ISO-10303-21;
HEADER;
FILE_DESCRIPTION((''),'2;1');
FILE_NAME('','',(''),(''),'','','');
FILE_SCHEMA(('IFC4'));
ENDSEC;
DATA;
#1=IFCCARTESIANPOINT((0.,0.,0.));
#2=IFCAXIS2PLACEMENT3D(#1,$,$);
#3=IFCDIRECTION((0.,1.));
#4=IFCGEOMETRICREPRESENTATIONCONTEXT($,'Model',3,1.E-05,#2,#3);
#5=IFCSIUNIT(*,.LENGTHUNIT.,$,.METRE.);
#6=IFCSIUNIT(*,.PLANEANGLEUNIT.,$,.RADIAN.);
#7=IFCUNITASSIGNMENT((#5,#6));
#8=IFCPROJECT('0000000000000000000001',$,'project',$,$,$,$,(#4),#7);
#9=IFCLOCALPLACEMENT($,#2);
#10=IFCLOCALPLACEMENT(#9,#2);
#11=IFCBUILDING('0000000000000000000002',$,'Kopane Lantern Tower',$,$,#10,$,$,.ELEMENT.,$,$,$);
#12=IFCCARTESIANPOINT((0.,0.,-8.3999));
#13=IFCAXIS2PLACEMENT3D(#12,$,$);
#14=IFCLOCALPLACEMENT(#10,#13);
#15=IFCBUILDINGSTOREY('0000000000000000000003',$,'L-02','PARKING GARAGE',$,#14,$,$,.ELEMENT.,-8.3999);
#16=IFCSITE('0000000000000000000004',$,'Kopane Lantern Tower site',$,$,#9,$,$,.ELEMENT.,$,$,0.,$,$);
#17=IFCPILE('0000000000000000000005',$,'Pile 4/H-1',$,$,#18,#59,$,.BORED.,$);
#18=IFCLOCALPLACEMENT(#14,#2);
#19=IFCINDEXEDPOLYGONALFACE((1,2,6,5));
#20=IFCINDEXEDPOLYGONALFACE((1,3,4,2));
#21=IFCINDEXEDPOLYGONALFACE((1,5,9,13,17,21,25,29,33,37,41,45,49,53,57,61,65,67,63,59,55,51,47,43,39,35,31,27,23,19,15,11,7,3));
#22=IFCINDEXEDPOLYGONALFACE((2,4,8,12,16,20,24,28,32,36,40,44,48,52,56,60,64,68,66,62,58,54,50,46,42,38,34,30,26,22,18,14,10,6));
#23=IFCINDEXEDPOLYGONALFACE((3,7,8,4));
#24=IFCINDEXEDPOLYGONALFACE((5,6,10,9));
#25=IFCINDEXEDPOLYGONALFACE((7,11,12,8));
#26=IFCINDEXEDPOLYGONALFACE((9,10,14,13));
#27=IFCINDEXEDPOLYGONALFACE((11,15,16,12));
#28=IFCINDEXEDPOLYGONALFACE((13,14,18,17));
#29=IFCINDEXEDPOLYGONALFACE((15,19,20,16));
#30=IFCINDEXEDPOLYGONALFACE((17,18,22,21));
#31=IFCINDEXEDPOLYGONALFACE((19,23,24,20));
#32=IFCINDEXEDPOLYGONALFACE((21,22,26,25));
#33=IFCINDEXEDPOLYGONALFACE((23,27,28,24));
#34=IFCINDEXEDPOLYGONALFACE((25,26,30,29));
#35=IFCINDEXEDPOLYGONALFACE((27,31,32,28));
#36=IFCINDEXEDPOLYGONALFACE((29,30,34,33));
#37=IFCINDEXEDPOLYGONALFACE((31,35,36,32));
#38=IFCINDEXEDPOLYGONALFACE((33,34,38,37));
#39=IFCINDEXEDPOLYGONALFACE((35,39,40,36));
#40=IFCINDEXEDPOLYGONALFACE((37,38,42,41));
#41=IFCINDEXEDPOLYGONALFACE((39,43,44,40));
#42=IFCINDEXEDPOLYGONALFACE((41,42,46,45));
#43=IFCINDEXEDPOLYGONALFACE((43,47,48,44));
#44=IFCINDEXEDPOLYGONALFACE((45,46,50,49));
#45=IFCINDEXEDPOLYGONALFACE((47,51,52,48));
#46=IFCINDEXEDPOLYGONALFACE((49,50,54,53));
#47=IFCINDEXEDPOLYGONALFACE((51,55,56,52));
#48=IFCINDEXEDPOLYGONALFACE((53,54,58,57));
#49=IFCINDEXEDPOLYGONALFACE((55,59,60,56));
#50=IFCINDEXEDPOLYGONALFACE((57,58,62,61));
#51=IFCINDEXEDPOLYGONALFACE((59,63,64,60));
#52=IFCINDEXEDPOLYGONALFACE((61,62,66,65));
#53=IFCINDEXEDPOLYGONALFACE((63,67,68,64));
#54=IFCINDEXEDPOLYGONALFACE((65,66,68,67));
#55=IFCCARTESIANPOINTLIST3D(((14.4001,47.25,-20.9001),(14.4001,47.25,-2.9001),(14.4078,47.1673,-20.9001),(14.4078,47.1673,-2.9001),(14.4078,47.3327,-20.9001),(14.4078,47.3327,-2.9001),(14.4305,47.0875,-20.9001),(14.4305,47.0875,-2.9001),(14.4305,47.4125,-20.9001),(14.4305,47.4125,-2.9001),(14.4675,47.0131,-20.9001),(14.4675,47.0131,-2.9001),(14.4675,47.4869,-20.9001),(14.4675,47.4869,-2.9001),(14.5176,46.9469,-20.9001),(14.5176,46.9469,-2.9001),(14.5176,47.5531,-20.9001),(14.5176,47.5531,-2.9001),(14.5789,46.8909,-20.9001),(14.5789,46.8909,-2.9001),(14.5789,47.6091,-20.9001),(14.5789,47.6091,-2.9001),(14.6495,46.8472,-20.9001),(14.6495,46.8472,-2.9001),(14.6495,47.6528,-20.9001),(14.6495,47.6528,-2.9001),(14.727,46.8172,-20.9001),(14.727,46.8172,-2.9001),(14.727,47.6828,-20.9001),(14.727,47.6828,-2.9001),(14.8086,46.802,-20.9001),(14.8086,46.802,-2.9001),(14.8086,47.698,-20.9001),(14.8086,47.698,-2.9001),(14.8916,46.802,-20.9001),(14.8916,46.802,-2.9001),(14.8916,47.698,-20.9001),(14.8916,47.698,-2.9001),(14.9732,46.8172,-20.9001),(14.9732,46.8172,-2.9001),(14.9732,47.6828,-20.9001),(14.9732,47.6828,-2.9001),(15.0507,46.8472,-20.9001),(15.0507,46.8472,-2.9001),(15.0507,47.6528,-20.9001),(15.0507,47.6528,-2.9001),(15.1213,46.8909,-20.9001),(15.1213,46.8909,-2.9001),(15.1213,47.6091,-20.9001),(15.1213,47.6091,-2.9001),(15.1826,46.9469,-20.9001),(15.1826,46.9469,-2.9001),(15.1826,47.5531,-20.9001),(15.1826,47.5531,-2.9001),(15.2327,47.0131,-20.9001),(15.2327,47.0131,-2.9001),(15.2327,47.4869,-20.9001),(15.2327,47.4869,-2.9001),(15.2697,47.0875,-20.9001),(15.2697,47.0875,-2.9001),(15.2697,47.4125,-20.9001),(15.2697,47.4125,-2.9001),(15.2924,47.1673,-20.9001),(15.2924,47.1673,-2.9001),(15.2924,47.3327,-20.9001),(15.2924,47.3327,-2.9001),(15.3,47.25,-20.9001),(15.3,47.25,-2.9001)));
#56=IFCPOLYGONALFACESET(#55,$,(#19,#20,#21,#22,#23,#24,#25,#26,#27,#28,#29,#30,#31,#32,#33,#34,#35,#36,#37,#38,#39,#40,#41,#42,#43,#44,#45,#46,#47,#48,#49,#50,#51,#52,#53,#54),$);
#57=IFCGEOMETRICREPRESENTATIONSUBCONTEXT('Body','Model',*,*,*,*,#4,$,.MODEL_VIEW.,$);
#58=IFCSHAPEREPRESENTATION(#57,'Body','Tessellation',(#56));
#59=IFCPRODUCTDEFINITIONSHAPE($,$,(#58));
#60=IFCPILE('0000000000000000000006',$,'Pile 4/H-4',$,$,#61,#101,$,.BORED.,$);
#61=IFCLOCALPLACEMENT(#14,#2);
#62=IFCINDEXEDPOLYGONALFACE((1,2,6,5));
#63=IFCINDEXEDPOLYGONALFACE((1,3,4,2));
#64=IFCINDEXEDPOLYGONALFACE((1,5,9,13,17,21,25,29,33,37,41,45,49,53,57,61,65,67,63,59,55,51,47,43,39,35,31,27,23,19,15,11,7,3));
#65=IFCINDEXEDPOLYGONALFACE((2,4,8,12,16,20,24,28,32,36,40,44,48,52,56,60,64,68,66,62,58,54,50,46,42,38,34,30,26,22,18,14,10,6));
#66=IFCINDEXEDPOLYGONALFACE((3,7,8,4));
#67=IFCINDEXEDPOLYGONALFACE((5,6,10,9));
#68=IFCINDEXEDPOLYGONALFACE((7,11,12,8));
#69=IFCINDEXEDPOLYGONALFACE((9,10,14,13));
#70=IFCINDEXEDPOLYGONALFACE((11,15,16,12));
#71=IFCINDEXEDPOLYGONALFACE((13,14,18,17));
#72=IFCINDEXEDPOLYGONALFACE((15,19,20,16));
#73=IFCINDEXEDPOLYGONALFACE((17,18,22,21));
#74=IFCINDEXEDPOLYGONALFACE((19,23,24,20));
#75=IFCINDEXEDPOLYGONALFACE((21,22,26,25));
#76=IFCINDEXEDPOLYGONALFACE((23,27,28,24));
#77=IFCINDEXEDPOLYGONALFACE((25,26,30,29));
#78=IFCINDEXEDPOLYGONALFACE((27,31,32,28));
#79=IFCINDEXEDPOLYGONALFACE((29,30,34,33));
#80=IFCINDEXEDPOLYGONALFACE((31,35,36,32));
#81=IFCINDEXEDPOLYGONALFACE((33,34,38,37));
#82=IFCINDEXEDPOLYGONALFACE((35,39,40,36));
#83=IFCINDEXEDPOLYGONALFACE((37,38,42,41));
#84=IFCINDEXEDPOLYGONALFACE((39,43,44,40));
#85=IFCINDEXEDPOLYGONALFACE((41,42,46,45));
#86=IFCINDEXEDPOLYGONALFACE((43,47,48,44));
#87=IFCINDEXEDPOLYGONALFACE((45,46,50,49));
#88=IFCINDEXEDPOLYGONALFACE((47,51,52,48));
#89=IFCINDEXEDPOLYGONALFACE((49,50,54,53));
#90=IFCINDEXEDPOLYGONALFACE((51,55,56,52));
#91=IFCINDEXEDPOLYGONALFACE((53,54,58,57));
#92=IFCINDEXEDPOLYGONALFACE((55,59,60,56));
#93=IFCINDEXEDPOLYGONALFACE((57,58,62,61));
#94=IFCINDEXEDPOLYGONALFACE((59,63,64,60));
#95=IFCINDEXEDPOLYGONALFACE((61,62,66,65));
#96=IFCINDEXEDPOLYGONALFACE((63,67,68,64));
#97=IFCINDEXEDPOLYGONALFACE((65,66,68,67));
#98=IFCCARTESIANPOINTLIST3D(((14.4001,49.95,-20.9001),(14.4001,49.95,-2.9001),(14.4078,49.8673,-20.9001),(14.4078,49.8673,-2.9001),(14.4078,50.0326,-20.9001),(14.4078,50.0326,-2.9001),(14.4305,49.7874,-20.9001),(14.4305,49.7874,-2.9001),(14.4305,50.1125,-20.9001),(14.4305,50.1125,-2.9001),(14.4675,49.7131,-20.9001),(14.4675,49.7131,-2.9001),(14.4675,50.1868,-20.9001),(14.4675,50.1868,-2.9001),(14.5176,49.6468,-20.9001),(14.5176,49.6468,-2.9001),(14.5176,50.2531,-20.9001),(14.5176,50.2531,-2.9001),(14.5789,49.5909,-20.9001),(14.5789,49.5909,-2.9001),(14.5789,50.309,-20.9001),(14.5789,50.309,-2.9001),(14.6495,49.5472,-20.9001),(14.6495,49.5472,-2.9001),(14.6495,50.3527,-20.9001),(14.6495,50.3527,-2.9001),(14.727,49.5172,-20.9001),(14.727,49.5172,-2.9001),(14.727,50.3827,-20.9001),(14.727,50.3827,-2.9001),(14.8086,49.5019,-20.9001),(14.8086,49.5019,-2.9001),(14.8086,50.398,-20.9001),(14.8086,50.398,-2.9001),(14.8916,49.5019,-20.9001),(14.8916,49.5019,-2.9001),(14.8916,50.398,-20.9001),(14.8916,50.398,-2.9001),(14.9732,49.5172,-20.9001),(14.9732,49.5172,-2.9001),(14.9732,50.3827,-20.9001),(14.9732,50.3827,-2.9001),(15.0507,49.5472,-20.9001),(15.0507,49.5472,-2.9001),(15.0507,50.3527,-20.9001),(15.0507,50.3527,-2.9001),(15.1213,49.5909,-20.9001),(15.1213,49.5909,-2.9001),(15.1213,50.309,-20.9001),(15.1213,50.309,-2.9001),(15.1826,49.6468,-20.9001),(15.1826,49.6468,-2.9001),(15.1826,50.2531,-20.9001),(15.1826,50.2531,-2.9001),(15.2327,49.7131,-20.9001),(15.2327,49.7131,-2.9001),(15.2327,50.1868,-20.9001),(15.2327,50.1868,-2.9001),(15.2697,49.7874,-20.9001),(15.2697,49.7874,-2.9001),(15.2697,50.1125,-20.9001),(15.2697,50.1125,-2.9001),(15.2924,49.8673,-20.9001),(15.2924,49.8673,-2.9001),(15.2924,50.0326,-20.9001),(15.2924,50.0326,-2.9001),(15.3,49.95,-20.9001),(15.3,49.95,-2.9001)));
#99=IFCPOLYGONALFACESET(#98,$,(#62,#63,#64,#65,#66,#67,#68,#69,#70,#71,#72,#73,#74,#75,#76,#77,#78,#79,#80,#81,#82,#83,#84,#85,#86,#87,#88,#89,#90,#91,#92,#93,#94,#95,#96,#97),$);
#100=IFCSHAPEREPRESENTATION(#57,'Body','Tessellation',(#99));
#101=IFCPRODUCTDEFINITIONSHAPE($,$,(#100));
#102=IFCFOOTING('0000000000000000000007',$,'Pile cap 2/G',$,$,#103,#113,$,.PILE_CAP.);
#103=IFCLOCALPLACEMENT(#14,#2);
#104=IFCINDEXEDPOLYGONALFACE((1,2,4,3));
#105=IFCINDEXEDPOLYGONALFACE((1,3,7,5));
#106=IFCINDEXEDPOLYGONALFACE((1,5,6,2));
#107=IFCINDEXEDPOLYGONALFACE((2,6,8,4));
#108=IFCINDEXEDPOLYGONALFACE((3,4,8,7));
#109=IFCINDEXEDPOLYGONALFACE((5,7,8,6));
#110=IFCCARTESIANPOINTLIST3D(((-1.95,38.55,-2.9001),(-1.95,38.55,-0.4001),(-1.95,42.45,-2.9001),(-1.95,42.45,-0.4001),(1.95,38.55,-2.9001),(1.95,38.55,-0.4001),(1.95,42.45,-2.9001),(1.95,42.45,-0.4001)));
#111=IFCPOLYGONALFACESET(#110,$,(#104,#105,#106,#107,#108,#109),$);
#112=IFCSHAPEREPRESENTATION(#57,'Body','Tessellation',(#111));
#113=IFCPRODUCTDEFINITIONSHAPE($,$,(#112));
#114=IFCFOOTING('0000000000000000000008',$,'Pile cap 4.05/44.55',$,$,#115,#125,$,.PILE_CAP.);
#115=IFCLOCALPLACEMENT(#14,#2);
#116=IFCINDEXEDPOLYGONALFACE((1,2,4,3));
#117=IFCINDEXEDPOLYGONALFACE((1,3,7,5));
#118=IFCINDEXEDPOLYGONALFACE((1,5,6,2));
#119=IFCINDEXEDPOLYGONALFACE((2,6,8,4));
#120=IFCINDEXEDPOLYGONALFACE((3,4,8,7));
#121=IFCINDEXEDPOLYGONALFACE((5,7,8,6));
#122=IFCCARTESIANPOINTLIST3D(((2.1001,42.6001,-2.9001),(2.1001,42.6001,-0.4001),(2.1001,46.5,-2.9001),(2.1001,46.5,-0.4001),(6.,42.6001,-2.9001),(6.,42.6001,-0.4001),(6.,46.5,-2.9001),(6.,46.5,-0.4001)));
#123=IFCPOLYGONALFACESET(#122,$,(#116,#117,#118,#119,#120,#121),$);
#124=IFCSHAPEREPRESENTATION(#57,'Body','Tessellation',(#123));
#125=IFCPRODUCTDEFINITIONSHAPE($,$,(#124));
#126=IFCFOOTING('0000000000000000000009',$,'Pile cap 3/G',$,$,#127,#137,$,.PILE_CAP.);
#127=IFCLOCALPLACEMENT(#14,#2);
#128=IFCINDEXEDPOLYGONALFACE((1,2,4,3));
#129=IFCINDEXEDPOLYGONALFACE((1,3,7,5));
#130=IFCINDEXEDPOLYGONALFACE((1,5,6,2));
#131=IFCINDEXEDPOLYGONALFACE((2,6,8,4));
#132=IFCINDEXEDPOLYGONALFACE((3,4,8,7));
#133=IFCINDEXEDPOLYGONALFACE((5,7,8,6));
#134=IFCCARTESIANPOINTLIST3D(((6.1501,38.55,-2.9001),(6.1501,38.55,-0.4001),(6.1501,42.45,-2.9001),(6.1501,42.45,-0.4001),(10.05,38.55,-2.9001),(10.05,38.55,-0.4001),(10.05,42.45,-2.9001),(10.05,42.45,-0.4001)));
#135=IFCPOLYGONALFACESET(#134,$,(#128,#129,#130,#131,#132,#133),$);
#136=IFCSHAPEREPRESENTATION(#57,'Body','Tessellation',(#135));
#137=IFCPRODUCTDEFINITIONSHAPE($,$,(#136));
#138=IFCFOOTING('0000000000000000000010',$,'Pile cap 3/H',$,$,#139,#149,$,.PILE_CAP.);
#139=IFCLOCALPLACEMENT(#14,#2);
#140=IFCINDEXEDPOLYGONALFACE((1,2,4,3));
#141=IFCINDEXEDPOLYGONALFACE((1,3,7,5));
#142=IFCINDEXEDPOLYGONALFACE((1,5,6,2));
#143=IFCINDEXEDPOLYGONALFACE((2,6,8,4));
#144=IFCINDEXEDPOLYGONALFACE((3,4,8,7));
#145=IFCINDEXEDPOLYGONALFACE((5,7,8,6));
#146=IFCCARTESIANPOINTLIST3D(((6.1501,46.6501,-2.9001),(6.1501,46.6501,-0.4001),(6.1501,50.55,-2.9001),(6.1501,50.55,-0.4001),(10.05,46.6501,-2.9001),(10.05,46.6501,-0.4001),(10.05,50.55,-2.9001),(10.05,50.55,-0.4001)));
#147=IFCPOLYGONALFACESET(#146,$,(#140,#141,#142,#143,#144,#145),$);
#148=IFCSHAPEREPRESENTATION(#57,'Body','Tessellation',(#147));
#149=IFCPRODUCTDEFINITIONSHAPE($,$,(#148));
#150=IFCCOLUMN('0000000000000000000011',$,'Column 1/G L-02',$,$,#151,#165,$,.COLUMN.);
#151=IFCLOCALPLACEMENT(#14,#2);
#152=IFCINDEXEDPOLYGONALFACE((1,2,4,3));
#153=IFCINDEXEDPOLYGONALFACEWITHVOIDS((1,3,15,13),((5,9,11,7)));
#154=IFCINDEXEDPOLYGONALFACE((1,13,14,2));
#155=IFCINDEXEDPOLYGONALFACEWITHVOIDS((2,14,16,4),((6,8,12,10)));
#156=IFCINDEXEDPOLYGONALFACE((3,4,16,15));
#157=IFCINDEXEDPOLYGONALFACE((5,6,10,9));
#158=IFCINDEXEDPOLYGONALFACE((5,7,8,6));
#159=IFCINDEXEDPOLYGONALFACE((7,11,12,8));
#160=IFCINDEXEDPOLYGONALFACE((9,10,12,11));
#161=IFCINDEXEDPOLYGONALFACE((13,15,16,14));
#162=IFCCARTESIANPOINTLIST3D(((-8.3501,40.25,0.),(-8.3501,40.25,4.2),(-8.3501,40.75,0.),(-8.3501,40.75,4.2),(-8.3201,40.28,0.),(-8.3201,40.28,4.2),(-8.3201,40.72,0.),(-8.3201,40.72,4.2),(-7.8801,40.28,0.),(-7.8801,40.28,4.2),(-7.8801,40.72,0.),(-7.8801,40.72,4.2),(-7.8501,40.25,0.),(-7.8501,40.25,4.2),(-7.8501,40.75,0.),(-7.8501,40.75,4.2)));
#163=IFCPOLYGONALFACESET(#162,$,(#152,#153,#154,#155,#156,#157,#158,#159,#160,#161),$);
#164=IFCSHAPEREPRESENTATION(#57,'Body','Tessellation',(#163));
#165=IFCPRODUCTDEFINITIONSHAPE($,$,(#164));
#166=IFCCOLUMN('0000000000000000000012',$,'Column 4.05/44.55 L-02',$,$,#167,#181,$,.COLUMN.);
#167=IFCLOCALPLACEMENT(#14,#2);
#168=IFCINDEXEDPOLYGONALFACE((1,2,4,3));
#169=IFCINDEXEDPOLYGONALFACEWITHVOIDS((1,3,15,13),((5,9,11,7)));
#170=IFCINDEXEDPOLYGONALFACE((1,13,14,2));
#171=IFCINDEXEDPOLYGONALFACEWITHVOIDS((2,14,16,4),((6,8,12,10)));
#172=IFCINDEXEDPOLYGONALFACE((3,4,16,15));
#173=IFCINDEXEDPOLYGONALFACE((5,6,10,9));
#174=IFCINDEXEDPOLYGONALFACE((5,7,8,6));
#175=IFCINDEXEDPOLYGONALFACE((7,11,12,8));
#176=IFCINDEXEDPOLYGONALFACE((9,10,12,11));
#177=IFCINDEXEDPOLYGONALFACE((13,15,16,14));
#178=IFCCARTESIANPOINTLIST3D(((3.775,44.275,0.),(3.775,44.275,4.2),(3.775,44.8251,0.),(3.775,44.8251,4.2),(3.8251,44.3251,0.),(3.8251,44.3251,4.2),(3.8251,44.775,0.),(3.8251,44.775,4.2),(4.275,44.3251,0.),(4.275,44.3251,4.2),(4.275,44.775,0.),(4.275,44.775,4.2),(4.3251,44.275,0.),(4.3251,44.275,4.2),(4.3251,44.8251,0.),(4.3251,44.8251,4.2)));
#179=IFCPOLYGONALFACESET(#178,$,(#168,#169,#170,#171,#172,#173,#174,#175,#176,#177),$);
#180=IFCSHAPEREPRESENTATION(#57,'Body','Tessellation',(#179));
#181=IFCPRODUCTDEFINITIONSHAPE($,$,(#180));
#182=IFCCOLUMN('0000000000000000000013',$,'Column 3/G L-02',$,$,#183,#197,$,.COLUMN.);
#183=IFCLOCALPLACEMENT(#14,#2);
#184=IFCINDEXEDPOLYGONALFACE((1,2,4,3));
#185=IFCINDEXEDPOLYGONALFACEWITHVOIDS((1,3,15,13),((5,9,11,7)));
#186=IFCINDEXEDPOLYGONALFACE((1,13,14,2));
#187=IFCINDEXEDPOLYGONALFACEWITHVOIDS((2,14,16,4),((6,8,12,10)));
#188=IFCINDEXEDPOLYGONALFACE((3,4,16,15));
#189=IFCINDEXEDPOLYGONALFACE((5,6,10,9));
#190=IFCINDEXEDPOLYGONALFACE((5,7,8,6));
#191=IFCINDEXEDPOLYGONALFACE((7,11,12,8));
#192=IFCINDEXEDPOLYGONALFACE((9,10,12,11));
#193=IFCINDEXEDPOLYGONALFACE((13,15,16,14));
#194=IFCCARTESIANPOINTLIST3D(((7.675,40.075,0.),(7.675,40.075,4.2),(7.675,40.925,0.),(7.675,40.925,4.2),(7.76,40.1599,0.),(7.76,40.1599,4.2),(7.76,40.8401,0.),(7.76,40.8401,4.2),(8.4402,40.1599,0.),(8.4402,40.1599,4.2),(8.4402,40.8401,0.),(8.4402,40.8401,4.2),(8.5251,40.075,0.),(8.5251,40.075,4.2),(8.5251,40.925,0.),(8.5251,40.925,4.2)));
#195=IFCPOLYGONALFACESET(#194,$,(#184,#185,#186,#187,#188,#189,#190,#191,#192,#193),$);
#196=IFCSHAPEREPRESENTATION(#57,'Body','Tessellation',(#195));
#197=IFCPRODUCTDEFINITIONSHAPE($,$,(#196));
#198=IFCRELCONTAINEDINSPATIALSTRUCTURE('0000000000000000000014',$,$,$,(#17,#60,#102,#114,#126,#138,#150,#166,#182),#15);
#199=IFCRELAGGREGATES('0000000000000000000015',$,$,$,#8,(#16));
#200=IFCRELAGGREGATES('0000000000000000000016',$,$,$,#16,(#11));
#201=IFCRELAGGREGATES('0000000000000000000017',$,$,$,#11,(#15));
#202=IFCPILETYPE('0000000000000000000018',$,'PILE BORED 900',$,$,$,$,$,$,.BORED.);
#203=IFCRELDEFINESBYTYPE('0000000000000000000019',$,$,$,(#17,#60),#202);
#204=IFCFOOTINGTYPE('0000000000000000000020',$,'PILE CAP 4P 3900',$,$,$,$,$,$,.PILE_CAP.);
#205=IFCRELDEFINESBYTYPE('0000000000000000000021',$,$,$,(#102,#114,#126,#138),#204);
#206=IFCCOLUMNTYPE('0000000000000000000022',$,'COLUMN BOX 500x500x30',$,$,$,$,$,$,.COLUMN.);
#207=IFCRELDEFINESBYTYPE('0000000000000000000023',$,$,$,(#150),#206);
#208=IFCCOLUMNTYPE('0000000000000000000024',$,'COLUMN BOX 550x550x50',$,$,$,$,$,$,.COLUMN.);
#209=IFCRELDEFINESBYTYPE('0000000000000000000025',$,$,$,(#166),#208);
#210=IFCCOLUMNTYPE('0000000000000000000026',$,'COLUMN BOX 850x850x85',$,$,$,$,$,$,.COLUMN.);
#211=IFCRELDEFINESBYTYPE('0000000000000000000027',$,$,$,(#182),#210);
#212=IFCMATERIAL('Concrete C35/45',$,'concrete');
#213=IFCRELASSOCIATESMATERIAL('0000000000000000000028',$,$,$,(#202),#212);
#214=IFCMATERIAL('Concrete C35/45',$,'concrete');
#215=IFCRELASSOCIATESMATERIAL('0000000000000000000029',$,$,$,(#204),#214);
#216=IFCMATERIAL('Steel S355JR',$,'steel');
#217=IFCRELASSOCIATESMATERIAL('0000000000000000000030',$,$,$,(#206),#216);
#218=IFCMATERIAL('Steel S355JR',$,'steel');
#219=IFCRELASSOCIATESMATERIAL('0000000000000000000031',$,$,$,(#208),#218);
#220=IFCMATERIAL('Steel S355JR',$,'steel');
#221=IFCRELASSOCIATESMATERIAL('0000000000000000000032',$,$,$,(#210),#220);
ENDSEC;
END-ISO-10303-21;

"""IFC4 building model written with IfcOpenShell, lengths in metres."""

from ifc_helpers import new_model, si_unit, direction, frame, origin, origin_2d, place, context, subcontext, project, spatial, rectangle, hollow_rectangle, circle, extrude, material, material_profile, profile_set, type_object, element, save


model = new_model("IFC4")

# Units and contexts
model_context = context("Model", 3, precision=1e-05, world=origin(), true_north=direction((0.0, 1.0)))
body_context = subcontext(model_context, "Body", "Model", "MODEL_VIEW")
ifc_project = project(units=[si_unit("LENGTHUNIT", "METRE"), si_unit("PLANEANGLEUNIT", "RADIAN")], contexts=[model_context])

# Site, building, storey
site_placement = place(None, origin())
site = spatial("IfcSite", under=ifc_project, at=site_placement, Name="Kopane Lantern Tower site", CompositionType="ELEMENT", RefElevation=0.0)
building_placement = place(site_placement, origin())
building = spatial("IfcBuilding", under=site, at=building_placement, Name="Kopane Lantern Tower", CompositionType="ELEMENT")
storey_placement = place(building_placement, frame((0.0, 0.0, -8.3999)))
storey = spatial("IfcBuildingStorey", under=building, at=storey_placement, Name="L-02", Description="PARKING GARAGE", CompositionType="ELEMENT", Elevation=-8.3999)

# Piles
ifc_material_1 = material(Name="Concrete C35/45", Category="concrete")
ifc_material_profile_1 = material_profile(ifc_material_1, circle(Radius=0.45, at=origin_2d()), Name="D900")
ifc_profile_set_1 = profile_set([ifc_material_profile_1], Name="Concrete C35/45")
pile_type_1 = type_object("IfcPileType", Name="PILE BORED 900", PredefinedType="BORED", material=ifc_profile_set_1)
for number, where, z_axis, x_axis, name in (
    (1, (14.8501, 47.25, -2.9001), (0.0, 0.0, -1.0), (1.0, 0.0, 0.0), "Pile 4/H-1"),
    (2, (14.8501, 49.95, -2.9001), (0.0, 0.0, -1.0), (1.0, 0.0, 0.0), "Pile 4/H-4"),
):
    element("IfcPile", number, at=place(storey_placement, frame(where, z_axis=z_axis, x_axis=x_axis)), inside=storey, type_object=pile_type_1, Name=name, PredefinedType="BORED", context=body_context, shape_type="SweptSolid", body=[
        extrude(circle(Radius=0.45, at=origin_2d()), origin(), (0.0, 0.0, 1.0), 18.0),
    ])

# Footings
ifc_material_2 = material(Name="Concrete C35/45", Category="concrete")
footing_type_1 = type_object("IfcFootingType", Name="PILE CAP 4P 3900", PredefinedType="PILE_CAP", material=ifc_material_2)
for number, where, z_axis, x_axis, name in (
    (3, (0.0, 40.5, -2.9001), (0.0, 0.0, 1.0), (1.0, 0.0, 0.0), "Pile cap 2/G"),
    (4, (4.05, 44.55, -2.9001), (0.0, 0.0, 1.0), (1.0, 0.0, 0.0), "Pile cap 4.05/44.55"),
    (5, (8.1001, 40.5, -2.9001), (0.0, 0.0, 1.0), (1.0, 0.0, 0.0), "Pile cap 3/G"),
    (6, (8.1001, 48.6001, -2.9001), (0.0, 0.0, 1.0), (1.0, 0.0, 0.0), "Pile cap 3/H"),
):
    element("IfcFooting", number, at=place(storey_placement, frame(where, z_axis=z_axis, x_axis=x_axis)), inside=storey, type_object=footing_type_1, Name=name, PredefinedType="PILE_CAP", context=body_context, shape_type="SweptSolid", body=[
        extrude(rectangle(XDim=3.8999, YDim=3.8999, at=origin_2d()), origin(), (0.0, 0.0, 1.0), 2.5),
    ])

# Columns
ifc_material_3 = material(Name="Steel S355JR", Category="steel")
ifc_material_profile_2 = material_profile(ifc_material_3, hollow_rectangle(XDim=0.5, YDim=0.5, WallThickness=0.03, at=origin_2d()), Name="BOX 500x500x30")
ifc_profile_set_2 = profile_set([ifc_material_profile_2], Name="Steel S355JR")
column_type_1 = type_object("IfcColumnType", Name="COLUMN BOX 500x500x30", PredefinedType="COLUMN", material=ifc_profile_set_2)
column_1_placement = place(storey_placement, frame((-8.1001, 40.5, 0.0), z_axis=(0.0, 0.0, 1.0), x_axis=(1.0, 0.0, 0.0)))
element("IfcColumn", 7, at=column_1_placement, inside=storey, type_object=column_type_1, Name="Column 1/G L-02", PredefinedType="COLUMN", context=body_context, shape_type="SweptSolid", body=[
    extrude(hollow_rectangle(XDim=0.5, YDim=0.5, WallThickness=0.03, at=origin_2d()), origin(), (0.0, 0.0, 1.0), 4.2),
])
ifc_material_4 = material(Name="Steel S355JR", Category="steel")
ifc_material_profile_3 = material_profile(ifc_material_4, hollow_rectangle(XDim=0.55, YDim=0.55, WallThickness=0.05, at=origin_2d()), Name="BOX 550x550x50")
ifc_profile_set_3 = profile_set([ifc_material_profile_3], Name="Steel S355JR")
column_type_2 = type_object("IfcColumnType", Name="COLUMN BOX 550x550x50", PredefinedType="COLUMN", material=ifc_profile_set_3)
column_2_placement = place(storey_placement, frame((4.05, 44.55, 0.0), z_axis=(0.0, 0.0, 1.0), x_axis=(1.0, 0.0, 0.0)))
element("IfcColumn", 8, at=column_2_placement, inside=storey, type_object=column_type_2, Name="Column 4.05/44.55 L-02", PredefinedType="COLUMN", context=body_context, shape_type="SweptSolid", body=[
    extrude(hollow_rectangle(XDim=0.55, YDim=0.55, WallThickness=0.05, at=origin_2d()), origin(), (0.0, 0.0, 1.0), 4.2),
])
ifc_material_5 = material(Name="Steel S355JR", Category="steel")
ifc_material_profile_4 = material_profile(ifc_material_5, hollow_rectangle(XDim=0.8501, YDim=0.8501, WallThickness=0.085, at=origin_2d()), Name="BOX 850x850x85")
ifc_profile_set_4 = profile_set([ifc_material_profile_4], Name="Steel S355JR")
column_type_3 = type_object("IfcColumnType", Name="COLUMN BOX 850x850x85", PredefinedType="COLUMN", material=ifc_profile_set_4)
column_3_placement = place(storey_placement, frame((8.1001, 40.5, 0.0), z_axis=(0.0, 0.0, 1.0), x_axis=(1.0, 0.0, 0.0)))
element("IfcColumn", 9, at=column_3_placement, inside=storey, type_object=column_type_3, Name="Column 3/G L-02", PredefinedType="COLUMN", context=body_context, shape_type="SweptSolid", body=[
    extrude(hollow_rectangle(XDim=0.8501, YDim=0.8501, WallThickness=0.085, at=origin_2d()), origin(), (0.0, 0.0, 1.0), 4.2),
])

save(model, "model.ifc")
